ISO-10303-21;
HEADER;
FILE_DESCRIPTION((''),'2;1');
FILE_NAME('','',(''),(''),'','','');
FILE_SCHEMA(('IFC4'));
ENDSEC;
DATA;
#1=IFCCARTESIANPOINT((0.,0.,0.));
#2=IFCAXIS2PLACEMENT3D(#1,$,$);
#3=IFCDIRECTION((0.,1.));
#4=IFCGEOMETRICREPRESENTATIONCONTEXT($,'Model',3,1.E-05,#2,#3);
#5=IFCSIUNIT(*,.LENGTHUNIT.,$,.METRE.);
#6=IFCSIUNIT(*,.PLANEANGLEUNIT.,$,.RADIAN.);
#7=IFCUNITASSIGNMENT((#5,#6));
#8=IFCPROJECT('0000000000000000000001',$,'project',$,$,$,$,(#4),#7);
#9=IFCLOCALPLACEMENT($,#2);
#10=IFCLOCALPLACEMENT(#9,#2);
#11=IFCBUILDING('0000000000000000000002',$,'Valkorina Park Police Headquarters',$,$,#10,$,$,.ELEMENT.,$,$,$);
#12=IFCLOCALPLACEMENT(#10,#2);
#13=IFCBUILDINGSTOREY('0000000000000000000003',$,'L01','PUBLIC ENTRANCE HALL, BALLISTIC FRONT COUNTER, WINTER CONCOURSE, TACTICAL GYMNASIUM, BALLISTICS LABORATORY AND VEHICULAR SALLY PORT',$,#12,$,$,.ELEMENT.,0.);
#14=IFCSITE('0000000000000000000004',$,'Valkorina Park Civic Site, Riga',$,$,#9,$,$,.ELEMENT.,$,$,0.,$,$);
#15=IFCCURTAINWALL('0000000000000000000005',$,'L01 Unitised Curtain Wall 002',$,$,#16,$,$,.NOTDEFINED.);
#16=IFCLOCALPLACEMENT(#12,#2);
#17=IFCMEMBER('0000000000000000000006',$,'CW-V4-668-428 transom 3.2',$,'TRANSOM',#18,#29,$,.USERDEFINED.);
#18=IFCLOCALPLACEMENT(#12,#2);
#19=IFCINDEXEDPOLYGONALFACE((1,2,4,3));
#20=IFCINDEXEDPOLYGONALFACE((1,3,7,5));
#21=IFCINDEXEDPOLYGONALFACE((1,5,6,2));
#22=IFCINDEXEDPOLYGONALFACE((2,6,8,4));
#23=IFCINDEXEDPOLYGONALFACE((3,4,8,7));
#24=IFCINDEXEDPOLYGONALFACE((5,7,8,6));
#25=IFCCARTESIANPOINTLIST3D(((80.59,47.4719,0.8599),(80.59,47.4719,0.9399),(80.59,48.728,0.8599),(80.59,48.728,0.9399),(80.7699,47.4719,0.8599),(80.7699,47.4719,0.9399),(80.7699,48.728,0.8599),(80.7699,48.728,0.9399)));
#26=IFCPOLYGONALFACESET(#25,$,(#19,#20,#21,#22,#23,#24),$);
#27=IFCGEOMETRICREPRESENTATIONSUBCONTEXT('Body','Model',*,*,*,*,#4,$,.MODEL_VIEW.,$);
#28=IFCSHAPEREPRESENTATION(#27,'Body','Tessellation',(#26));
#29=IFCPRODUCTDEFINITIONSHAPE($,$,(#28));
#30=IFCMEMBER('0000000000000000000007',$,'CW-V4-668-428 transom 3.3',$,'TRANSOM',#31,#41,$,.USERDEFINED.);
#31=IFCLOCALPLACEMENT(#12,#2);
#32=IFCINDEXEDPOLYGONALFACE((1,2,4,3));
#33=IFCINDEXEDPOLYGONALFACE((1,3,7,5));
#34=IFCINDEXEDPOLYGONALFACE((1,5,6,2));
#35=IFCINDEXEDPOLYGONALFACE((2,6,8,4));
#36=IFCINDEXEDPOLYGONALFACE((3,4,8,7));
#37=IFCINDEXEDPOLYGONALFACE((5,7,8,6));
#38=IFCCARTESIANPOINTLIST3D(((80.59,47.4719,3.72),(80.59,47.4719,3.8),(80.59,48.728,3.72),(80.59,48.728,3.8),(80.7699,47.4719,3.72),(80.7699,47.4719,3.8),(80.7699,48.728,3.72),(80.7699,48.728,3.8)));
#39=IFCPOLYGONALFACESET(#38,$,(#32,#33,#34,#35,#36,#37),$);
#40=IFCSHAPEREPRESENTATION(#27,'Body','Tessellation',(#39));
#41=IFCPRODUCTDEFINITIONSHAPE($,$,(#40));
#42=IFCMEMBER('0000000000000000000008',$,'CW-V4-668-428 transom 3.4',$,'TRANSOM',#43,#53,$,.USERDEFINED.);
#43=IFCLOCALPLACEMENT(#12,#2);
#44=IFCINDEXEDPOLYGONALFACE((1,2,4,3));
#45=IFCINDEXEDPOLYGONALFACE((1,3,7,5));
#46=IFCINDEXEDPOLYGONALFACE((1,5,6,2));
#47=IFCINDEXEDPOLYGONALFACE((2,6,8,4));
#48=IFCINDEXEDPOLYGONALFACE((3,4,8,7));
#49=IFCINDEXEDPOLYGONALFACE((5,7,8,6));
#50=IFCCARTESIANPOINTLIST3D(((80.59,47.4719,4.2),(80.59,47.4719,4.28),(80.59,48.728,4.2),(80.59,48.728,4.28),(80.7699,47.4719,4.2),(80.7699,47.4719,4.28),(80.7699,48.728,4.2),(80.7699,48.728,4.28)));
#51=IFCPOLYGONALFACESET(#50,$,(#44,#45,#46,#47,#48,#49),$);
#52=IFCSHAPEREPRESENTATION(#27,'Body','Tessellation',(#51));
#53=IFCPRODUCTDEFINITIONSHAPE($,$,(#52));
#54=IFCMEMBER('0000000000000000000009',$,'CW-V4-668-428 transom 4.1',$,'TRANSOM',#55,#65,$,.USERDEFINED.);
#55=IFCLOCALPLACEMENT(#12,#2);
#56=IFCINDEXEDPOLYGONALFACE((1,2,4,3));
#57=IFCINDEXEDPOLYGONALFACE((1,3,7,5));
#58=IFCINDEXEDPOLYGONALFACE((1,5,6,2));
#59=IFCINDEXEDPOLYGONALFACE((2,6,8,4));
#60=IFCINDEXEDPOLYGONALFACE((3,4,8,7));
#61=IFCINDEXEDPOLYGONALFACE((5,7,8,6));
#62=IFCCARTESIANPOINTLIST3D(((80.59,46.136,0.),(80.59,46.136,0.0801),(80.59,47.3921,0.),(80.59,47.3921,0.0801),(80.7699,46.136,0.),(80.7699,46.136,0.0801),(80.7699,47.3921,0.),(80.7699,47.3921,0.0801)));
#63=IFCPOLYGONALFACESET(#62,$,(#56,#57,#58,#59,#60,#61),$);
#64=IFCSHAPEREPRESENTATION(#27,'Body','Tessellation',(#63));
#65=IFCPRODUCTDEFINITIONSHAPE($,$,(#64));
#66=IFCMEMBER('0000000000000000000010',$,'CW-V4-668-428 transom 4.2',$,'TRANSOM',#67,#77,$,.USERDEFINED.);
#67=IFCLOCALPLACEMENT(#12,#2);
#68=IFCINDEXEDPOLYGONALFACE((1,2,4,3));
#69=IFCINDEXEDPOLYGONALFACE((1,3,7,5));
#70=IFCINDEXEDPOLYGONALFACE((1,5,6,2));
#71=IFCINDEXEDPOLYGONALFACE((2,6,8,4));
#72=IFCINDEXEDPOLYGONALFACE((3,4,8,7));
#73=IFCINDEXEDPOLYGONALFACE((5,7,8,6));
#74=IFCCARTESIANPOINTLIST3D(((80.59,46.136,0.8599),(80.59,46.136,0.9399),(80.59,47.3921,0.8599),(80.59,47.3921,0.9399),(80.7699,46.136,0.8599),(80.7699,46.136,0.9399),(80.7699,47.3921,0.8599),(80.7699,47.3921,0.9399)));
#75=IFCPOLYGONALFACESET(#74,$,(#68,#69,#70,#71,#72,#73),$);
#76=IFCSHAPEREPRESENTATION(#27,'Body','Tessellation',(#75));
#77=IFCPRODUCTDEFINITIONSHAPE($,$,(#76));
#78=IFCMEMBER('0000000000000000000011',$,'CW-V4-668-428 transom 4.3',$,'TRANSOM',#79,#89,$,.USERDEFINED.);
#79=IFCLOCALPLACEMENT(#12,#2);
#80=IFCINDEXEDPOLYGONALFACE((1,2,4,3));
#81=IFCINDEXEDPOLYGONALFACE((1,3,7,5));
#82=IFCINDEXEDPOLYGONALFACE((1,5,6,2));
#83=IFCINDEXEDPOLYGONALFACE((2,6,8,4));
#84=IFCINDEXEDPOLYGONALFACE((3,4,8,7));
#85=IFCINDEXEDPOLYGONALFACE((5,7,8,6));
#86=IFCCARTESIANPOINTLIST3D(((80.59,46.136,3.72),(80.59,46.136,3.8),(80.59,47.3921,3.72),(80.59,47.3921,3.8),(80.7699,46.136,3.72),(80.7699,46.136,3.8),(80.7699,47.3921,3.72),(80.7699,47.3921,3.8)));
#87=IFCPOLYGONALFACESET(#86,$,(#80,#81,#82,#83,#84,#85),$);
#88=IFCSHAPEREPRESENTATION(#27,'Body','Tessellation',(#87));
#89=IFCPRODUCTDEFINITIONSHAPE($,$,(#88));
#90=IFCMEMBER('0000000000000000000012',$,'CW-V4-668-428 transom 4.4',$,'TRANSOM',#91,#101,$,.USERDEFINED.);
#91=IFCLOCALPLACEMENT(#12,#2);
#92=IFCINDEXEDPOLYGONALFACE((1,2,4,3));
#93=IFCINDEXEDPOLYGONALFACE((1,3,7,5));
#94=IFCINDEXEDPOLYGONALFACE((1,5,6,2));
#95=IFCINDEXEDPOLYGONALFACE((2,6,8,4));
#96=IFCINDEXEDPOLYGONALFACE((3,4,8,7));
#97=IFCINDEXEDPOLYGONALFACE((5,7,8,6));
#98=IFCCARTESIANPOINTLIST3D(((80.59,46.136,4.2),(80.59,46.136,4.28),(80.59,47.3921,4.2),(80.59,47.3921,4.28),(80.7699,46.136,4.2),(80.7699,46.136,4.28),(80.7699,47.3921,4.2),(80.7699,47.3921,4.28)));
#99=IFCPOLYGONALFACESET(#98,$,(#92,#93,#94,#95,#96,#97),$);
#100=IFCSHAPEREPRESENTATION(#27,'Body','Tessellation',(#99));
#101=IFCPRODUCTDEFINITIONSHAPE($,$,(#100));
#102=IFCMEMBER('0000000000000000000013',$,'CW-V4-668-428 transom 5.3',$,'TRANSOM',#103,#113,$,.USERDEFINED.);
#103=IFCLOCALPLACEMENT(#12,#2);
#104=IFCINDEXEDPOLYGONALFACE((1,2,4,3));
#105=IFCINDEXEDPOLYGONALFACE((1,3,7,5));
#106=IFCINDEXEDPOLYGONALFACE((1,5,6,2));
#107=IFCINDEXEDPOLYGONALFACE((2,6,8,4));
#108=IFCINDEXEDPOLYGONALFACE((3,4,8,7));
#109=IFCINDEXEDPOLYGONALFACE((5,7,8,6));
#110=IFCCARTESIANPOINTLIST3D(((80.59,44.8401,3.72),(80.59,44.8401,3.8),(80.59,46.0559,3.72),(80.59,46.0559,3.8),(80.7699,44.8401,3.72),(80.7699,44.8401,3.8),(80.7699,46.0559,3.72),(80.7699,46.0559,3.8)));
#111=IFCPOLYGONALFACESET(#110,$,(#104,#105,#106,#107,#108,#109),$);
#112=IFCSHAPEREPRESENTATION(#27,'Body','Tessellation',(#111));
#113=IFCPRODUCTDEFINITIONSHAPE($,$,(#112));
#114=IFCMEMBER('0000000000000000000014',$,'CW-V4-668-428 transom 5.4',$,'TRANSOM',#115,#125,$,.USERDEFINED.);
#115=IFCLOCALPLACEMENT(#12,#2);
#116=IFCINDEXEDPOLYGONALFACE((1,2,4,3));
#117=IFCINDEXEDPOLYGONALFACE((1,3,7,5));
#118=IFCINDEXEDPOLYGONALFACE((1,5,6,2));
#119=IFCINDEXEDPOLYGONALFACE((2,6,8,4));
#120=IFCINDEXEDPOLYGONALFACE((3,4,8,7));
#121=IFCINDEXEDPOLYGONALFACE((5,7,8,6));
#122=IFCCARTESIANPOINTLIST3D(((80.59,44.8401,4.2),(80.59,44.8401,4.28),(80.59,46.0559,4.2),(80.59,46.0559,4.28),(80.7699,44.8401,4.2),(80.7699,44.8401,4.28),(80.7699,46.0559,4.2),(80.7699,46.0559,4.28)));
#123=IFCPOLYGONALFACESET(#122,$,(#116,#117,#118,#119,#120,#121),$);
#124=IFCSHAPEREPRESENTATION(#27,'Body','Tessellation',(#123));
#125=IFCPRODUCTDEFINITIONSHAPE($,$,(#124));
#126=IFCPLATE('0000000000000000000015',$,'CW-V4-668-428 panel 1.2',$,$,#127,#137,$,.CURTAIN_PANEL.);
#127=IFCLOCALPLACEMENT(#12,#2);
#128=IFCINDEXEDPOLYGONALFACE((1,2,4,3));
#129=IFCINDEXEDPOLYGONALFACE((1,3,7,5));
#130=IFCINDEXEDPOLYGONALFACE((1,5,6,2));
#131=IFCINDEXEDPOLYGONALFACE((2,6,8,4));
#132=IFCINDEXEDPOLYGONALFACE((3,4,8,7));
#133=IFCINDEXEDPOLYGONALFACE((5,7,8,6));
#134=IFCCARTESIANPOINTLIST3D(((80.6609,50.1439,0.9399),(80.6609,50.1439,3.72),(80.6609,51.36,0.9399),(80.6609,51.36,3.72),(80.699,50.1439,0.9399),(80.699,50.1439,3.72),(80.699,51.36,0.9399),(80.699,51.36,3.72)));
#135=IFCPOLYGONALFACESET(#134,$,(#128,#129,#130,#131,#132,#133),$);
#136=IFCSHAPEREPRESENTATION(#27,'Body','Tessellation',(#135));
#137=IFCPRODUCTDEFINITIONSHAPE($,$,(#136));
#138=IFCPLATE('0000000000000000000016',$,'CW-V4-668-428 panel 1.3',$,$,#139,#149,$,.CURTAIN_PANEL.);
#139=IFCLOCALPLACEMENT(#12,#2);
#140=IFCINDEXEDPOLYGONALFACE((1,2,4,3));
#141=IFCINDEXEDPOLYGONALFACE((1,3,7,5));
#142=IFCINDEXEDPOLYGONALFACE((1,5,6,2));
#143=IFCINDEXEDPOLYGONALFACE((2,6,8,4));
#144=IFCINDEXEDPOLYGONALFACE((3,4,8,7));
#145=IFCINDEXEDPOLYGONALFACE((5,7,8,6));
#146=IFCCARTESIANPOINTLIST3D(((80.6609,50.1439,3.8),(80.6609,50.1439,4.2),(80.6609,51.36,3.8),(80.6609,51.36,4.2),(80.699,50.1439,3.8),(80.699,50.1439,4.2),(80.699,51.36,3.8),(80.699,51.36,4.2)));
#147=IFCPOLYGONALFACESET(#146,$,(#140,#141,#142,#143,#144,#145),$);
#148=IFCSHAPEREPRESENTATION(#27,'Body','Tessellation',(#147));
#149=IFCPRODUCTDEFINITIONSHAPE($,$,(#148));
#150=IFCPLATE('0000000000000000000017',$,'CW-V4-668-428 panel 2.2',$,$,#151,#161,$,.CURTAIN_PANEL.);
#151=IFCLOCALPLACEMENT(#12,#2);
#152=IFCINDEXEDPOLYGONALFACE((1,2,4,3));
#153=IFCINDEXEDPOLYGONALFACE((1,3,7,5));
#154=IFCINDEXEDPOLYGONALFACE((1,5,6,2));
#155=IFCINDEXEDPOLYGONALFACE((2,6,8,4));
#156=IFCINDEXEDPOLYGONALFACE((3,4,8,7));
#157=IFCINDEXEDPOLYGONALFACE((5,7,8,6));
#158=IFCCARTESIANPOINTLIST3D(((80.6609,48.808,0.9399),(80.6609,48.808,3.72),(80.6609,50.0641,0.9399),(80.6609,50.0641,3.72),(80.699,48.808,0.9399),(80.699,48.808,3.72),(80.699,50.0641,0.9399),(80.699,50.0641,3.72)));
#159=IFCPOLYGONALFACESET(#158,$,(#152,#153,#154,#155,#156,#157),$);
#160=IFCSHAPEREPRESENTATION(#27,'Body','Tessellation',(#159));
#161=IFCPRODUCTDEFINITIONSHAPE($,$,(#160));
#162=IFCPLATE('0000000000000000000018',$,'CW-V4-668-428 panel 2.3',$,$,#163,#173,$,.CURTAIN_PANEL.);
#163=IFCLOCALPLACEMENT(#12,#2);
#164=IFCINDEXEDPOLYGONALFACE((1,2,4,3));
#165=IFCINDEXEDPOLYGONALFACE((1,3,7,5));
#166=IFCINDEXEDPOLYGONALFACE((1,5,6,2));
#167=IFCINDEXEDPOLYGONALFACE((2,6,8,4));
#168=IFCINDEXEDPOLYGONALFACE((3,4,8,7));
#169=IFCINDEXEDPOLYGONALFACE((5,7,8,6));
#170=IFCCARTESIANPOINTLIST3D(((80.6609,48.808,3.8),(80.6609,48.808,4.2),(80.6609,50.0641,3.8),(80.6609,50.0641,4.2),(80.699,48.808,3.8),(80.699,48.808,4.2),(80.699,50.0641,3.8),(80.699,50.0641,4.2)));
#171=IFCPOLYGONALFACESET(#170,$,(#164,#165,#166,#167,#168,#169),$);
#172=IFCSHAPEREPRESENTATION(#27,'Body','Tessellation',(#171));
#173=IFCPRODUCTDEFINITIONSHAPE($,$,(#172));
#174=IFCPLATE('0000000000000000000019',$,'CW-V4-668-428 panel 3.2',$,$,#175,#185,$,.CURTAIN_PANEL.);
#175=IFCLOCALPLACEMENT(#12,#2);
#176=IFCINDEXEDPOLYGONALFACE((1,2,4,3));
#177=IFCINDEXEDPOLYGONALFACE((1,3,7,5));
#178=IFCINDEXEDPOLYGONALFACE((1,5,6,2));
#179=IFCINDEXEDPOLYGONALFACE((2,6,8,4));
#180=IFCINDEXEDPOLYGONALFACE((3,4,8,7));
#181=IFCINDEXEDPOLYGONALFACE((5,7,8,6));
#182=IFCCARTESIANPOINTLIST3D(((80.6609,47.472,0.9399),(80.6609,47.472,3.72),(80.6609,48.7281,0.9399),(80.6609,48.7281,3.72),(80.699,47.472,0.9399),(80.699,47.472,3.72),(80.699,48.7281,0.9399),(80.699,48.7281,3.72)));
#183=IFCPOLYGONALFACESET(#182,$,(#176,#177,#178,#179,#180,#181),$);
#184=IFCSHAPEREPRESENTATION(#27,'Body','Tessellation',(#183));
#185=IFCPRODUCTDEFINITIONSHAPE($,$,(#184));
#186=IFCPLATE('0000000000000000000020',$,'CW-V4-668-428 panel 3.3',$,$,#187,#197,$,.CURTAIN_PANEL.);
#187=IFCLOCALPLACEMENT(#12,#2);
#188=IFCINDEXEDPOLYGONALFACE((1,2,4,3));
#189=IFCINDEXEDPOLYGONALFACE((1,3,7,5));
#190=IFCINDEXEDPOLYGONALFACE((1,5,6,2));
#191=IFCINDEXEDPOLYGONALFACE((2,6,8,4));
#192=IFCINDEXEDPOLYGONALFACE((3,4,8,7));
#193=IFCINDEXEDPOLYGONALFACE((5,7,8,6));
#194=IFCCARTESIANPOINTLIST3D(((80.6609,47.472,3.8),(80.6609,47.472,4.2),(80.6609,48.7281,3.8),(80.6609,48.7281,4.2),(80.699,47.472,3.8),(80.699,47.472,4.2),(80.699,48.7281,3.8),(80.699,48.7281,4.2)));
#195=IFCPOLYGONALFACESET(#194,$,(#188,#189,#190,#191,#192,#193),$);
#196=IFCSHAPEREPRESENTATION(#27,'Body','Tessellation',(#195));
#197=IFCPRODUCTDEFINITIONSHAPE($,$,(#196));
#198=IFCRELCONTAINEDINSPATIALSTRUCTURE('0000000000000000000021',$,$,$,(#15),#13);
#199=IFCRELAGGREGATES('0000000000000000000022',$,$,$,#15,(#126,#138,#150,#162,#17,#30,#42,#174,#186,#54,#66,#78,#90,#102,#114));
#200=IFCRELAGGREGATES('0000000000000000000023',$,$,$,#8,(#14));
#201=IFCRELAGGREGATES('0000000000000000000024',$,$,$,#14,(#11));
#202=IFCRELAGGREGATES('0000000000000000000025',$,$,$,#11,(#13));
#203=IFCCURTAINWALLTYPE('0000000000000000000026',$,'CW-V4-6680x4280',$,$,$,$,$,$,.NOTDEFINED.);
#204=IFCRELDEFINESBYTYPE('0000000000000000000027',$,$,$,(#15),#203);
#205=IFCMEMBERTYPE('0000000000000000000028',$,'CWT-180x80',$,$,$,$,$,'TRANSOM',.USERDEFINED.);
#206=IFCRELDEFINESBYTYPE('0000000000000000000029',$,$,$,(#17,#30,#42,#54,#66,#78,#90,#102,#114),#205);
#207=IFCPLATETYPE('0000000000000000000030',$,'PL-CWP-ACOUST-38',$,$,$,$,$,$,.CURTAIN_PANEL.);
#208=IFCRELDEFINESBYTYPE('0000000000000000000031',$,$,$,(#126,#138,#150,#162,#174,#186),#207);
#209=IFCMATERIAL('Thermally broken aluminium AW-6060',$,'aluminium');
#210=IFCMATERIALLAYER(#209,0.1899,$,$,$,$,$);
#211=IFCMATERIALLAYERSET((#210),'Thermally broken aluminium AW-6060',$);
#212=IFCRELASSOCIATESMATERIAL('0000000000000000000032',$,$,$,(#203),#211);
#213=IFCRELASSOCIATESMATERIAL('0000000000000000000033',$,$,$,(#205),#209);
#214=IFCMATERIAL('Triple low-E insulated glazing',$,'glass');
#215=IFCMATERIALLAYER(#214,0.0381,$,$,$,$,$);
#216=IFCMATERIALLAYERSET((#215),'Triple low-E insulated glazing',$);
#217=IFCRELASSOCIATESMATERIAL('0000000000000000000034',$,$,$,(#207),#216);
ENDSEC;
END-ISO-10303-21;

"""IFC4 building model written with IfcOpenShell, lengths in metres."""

from ifc_helpers import new_model, si_unit, direction, frame, origin, origin_2d, place, context, subcontext, project, spatial, rectangle, extrude, material, layer, layer_set, material_profile, profile_set, type_object, element, aggregate, save


model = new_model("IFC4")

# Units and contexts
model_context = context("Model", 3, precision=1e-05, world=origin(), true_north=direction((0.0, 1.0)))
body_context = subcontext(model_context, "Body", "Model", "MODEL_VIEW")
ifc_project = project(units=[si_unit("LENGTHUNIT", "METRE"), si_unit("PLANEANGLEUNIT", "RADIAN")], contexts=[model_context])

# Site, building, storey
site_placement = place(None, origin())
site = spatial("IfcSite", under=ifc_project, at=site_placement, Name="Valkorina Park Civic Site, Riga", CompositionType="ELEMENT", RefElevation=0.0)
building_placement = place(site_placement, origin())
building = spatial("IfcBuilding", under=site, at=building_placement, Name="Valkorina Park Police Headquarters", CompositionType="ELEMENT")
storey_placement = place(building_placement, origin())
storey = spatial("IfcBuildingStorey", under=building, at=storey_placement, Name="L01", Description="PUBLIC ENTRANCE HALL, BALLISTIC FRONT COUNTER, WINTER CONCOURSE, TACTICAL GYMNASIUM, BALLISTICS LABORATORY AND VEHICULAR SALLY PORT", CompositionType="ELEMENT", Elevation=0.0)

# Shared definitions
ifc_material_1 = material(Name="Thermally broken aluminium AW-6060", Category="aluminium")
ifc_layer_1 = layer(ifc_material_1, 0.1899)
ifc_layer_set_1 = layer_set([ifc_layer_1], Name="Thermally broken aluminium AW-6060")
curtain_wall_type = type_object("IfcCurtainWallType", Name="CW-V4-6680x4280", PredefinedType="NOTDEFINED", material=ifc_layer_set_1)

# Curtain wall, members, plates
curtain_wall_1_placement = place(storey_placement, origin())
curtain_wall_1 = element("IfcCurtainWall", 1, at=curtain_wall_1_placement, inside=storey, type_object=curtain_wall_type, Name="L01 Unitised Curtain Wall 002", PredefinedType="NOTDEFINED")
ifc_material_profile_1 = material_profile(ifc_material_1, rectangle(XDim=0.1799, YDim=0.0801, at=origin_2d()), Name="CWT-03 180x80")
ifc_profile_set_1 = profile_set([ifc_material_profile_1], Name="Thermally broken aluminium AW-6060")
member_type_1 = type_object("IfcMemberType", Name="CWT-180x80", ElementType="TRANSOM", PredefinedType="USERDEFINED", material=ifc_profile_set_1)
member_1_placement = place(storey_placement, frame((80.6799, 48.728, 0.8999), z_axis=(0.0, -1.0, 0.0), x_axis=(1.0, 0.0, 0.0)))
member_1 = element("IfcMember", 2, at=member_1_placement, type_object=member_type_1, Name="CW-V4-668-428 transom 3.2", ObjectType="TRANSOM", PredefinedType="USERDEFINED", context=body_context, shape_type="SweptSolid", body=[
    extrude(rectangle(XDim=0.1799, YDim=0.0801, at=origin_2d()), origin(), (0.0, 0.0, 1.0), 1.2561),
])
member_2_placement = place(storey_placement, frame((80.6799, 48.728, 3.76), z_axis=(0.0, -1.0, 0.0), x_axis=(1.0, 0.0, 0.0)))
member_2 = element("IfcMember", 3, at=member_2_placement, type_object=member_type_1, Name="CW-V4-668-428 transom 3.3", ObjectType="TRANSOM", PredefinedType="USERDEFINED", context=body_context, shape_type="SweptSolid", body=[
    extrude(rectangle(XDim=0.1799, YDim=0.0801, at=origin_2d()), origin(), (0.0, 0.0, 1.0), 1.2561),
])
member_3_placement = place(storey_placement, frame((80.6799, 48.728, 4.24), z_axis=(0.0, -1.0, 0.0), x_axis=(1.0, 0.0, 0.0)))
member_3 = element("IfcMember", 4, at=member_3_placement, type_object=member_type_1, Name="CW-V4-668-428 transom 3.4", ObjectType="TRANSOM", PredefinedType="USERDEFINED", context=body_context, shape_type="SweptSolid", body=[
    extrude(rectangle(XDim=0.1799, YDim=0.0801, at=origin_2d()), origin(), (0.0, 0.0, 1.0), 1.2561),
])
member_4_placement = place(storey_placement, frame((80.6799, 47.3921, 0.04), z_axis=(0.0, -1.0, 0.0), x_axis=(1.0, 0.0, 0.0)))
member_4 = element("IfcMember", 5, at=member_4_placement, type_object=member_type_1, Name="CW-V4-668-428 transom 4.1", ObjectType="TRANSOM", PredefinedType="USERDEFINED", context=body_context, shape_type="SweptSolid", body=[
    extrude(rectangle(XDim=0.1799, YDim=0.0801, at=origin_2d()), origin(), (0.0, 0.0, 1.0), 1.2561),
])
member_5_placement = place(storey_placement, frame((80.6799, 47.3921, 0.8999), z_axis=(0.0, -1.0, 0.0), x_axis=(1.0, 0.0, 0.0)))
member_5 = element("IfcMember", 6, at=member_5_placement, type_object=member_type_1, Name="CW-V4-668-428 transom 4.2", ObjectType="TRANSOM", PredefinedType="USERDEFINED", context=body_context, shape_type="SweptSolid", body=[
    extrude(rectangle(XDim=0.1799, YDim=0.0801, at=origin_2d()), origin(), (0.0, 0.0, 1.0), 1.2561),
])
member_6_placement = place(storey_placement, frame((80.6799, 47.3921, 3.76), z_axis=(0.0, -1.0, 0.0), x_axis=(1.0, 0.0, 0.0)))
member_6 = element("IfcMember", 7, at=member_6_placement, type_object=member_type_1, Name="CW-V4-668-428 transom 4.3", ObjectType="TRANSOM", PredefinedType="USERDEFINED", context=body_context, shape_type="SweptSolid", body=[
    extrude(rectangle(XDim=0.1799, YDim=0.0801, at=origin_2d()), origin(), (0.0, 0.0, 1.0), 1.2561),
])
member_7_placement = place(storey_placement, frame((80.6799, 47.3921, 4.24), z_axis=(0.0, -1.0, 0.0), x_axis=(1.0, 0.0, 0.0)))
member_7 = element("IfcMember", 8, at=member_7_placement, type_object=member_type_1, Name="CW-V4-668-428 transom 4.4", ObjectType="TRANSOM", PredefinedType="USERDEFINED", context=body_context, shape_type="SweptSolid", body=[
    extrude(rectangle(XDim=0.1799, YDim=0.0801, at=origin_2d()), origin(), (0.0, 0.0, 1.0), 1.2561),
])
member_8_placement = place(storey_placement, frame((80.6799, 46.0559, 3.76), z_axis=(0.0, -1.0, 0.0), x_axis=(1.0, 0.0, 0.0)))
member_8 = element("IfcMember", 9, at=member_8_placement, type_object=member_type_1, Name="CW-V4-668-428 transom 5.3", ObjectType="TRANSOM", PredefinedType="USERDEFINED", context=body_context, shape_type="SweptSolid", body=[
    extrude(rectangle(XDim=0.1799, YDim=0.0801, at=origin_2d()), origin(), (0.0, 0.0, 1.0), 1.2158),
])
member_9_placement = place(storey_placement, frame((80.6799, 46.0559, 4.24), z_axis=(0.0, -1.0, 0.0), x_axis=(1.0, 0.0, 0.0)))
member_9 = element("IfcMember", 10, at=member_9_placement, type_object=member_type_1, Name="CW-V4-668-428 transom 5.4", ObjectType="TRANSOM", PredefinedType="USERDEFINED", context=body_context, shape_type="SweptSolid", body=[
    extrude(rectangle(XDim=0.1799, YDim=0.0801, at=origin_2d()), origin(), (0.0, 0.0, 1.0), 1.2158),
])
ifc_material_2 = material(Name="Triple low-E insulated glazing", Category="glass")
ifc_layer_2 = layer(ifc_material_2, 0.0381)
ifc_layer_set_2 = layer_set([ifc_layer_2], Name="Triple low-E insulated glazing")
plate_type_1 = type_object("IfcPlateType", Name="PL-CWP-ACOUST-38", PredefinedType="CURTAIN_PANEL", material=ifc_layer_set_2)
plate_1_placement = place(storey_placement, frame((80.6799, 50.752, 0.9399), z_axis=(0.0, 0.0, 1.0), x_axis=(0.0, -1.0, 0.0)))
plate_1 = element("IfcPlate", 11, at=plate_1_placement, type_object=plate_type_1, Name="CW-V4-668-428 panel 1.2", PredefinedType="CURTAIN_PANEL", context=body_context, shape_type="SweptSolid", body=[
    extrude(rectangle(XDim=1.2161, YDim=0.0381, at=origin_2d()), origin(), (0.0, 0.0, 1.0), 2.78),
])
plate_2_placement = place(storey_placement, frame((80.6799, 50.752, 3.8), z_axis=(0.0, 0.0, 1.0), x_axis=(0.0, -1.0, 0.0)))
plate_2 = element("IfcPlate", 12, at=plate_2_placement, type_object=plate_type_1, Name="CW-V4-668-428 panel 1.3", PredefinedType="CURTAIN_PANEL", context=body_context, shape_type="SweptSolid", body=[
    extrude(rectangle(XDim=1.2161, YDim=0.0381, at=origin_2d()), origin(), (0.0, 0.0, 1.0), 0.3999),
])
plate_3_placement = place(storey_placement, frame((80.6799, 49.436, 0.9399), z_axis=(0.0, 0.0, 1.0), x_axis=(0.0, -1.0, 0.0)))
plate_3 = element("IfcPlate", 13, at=plate_3_placement, type_object=plate_type_1, Name="CW-V4-668-428 panel 2.2", PredefinedType="CURTAIN_PANEL", context=body_context, shape_type="SweptSolid", body=[
    extrude(rectangle(XDim=1.2561, YDim=0.0381, at=origin_2d()), origin(), (0.0, 0.0, 1.0), 2.78),
])
plate_4_placement = place(storey_placement, frame((80.6799, 49.436, 3.8), z_axis=(0.0, 0.0, 1.0), x_axis=(0.0, -1.0, 0.0)))
plate_4 = element("IfcPlate", 14, at=plate_4_placement, type_object=plate_type_1, Name="CW-V4-668-428 panel 2.3", PredefinedType="CURTAIN_PANEL", context=body_context, shape_type="SweptSolid", body=[
    extrude(rectangle(XDim=1.2561, YDim=0.0381, at=origin_2d()), origin(), (0.0, 0.0, 1.0), 0.3999),
])
plate_5_placement = place(storey_placement, frame((80.6799, 48.1001, 0.9399), z_axis=(0.0, 0.0, 1.0), x_axis=(0.0, -1.0, 0.0)))
plate_5 = element("IfcPlate", 15, at=plate_5_placement, type_object=plate_type_1, Name="CW-V4-668-428 panel 3.2", PredefinedType="CURTAIN_PANEL", context=body_context, shape_type="SweptSolid", body=[
    extrude(rectangle(XDim=1.2561, YDim=0.0381, at=origin_2d()), origin(), (0.0, 0.0, 1.0), 2.78),
])
plate_6_placement = place(storey_placement, frame((80.6799, 48.1001, 3.8), z_axis=(0.0, 0.0, 1.0), x_axis=(0.0, -1.0, 0.0)))
plate_6 = element("IfcPlate", 16, at=plate_6_placement, type_object=plate_type_1, Name="CW-V4-668-428 panel 3.3", PredefinedType="CURTAIN_PANEL", context=body_context, shape_type="SweptSolid", body=[
    extrude(rectangle(XDim=1.2561, YDim=0.0381, at=origin_2d()), origin(), (0.0, 0.0, 1.0), 0.3999),
])
aggregate(curtain_wall_1, [plate_1, plate_2, plate_3, plate_4, member_1, member_2, member_3, plate_5, plate_6, member_4, member_5, member_6, member_7, member_8, member_9])

save(model, "model.ifc")
